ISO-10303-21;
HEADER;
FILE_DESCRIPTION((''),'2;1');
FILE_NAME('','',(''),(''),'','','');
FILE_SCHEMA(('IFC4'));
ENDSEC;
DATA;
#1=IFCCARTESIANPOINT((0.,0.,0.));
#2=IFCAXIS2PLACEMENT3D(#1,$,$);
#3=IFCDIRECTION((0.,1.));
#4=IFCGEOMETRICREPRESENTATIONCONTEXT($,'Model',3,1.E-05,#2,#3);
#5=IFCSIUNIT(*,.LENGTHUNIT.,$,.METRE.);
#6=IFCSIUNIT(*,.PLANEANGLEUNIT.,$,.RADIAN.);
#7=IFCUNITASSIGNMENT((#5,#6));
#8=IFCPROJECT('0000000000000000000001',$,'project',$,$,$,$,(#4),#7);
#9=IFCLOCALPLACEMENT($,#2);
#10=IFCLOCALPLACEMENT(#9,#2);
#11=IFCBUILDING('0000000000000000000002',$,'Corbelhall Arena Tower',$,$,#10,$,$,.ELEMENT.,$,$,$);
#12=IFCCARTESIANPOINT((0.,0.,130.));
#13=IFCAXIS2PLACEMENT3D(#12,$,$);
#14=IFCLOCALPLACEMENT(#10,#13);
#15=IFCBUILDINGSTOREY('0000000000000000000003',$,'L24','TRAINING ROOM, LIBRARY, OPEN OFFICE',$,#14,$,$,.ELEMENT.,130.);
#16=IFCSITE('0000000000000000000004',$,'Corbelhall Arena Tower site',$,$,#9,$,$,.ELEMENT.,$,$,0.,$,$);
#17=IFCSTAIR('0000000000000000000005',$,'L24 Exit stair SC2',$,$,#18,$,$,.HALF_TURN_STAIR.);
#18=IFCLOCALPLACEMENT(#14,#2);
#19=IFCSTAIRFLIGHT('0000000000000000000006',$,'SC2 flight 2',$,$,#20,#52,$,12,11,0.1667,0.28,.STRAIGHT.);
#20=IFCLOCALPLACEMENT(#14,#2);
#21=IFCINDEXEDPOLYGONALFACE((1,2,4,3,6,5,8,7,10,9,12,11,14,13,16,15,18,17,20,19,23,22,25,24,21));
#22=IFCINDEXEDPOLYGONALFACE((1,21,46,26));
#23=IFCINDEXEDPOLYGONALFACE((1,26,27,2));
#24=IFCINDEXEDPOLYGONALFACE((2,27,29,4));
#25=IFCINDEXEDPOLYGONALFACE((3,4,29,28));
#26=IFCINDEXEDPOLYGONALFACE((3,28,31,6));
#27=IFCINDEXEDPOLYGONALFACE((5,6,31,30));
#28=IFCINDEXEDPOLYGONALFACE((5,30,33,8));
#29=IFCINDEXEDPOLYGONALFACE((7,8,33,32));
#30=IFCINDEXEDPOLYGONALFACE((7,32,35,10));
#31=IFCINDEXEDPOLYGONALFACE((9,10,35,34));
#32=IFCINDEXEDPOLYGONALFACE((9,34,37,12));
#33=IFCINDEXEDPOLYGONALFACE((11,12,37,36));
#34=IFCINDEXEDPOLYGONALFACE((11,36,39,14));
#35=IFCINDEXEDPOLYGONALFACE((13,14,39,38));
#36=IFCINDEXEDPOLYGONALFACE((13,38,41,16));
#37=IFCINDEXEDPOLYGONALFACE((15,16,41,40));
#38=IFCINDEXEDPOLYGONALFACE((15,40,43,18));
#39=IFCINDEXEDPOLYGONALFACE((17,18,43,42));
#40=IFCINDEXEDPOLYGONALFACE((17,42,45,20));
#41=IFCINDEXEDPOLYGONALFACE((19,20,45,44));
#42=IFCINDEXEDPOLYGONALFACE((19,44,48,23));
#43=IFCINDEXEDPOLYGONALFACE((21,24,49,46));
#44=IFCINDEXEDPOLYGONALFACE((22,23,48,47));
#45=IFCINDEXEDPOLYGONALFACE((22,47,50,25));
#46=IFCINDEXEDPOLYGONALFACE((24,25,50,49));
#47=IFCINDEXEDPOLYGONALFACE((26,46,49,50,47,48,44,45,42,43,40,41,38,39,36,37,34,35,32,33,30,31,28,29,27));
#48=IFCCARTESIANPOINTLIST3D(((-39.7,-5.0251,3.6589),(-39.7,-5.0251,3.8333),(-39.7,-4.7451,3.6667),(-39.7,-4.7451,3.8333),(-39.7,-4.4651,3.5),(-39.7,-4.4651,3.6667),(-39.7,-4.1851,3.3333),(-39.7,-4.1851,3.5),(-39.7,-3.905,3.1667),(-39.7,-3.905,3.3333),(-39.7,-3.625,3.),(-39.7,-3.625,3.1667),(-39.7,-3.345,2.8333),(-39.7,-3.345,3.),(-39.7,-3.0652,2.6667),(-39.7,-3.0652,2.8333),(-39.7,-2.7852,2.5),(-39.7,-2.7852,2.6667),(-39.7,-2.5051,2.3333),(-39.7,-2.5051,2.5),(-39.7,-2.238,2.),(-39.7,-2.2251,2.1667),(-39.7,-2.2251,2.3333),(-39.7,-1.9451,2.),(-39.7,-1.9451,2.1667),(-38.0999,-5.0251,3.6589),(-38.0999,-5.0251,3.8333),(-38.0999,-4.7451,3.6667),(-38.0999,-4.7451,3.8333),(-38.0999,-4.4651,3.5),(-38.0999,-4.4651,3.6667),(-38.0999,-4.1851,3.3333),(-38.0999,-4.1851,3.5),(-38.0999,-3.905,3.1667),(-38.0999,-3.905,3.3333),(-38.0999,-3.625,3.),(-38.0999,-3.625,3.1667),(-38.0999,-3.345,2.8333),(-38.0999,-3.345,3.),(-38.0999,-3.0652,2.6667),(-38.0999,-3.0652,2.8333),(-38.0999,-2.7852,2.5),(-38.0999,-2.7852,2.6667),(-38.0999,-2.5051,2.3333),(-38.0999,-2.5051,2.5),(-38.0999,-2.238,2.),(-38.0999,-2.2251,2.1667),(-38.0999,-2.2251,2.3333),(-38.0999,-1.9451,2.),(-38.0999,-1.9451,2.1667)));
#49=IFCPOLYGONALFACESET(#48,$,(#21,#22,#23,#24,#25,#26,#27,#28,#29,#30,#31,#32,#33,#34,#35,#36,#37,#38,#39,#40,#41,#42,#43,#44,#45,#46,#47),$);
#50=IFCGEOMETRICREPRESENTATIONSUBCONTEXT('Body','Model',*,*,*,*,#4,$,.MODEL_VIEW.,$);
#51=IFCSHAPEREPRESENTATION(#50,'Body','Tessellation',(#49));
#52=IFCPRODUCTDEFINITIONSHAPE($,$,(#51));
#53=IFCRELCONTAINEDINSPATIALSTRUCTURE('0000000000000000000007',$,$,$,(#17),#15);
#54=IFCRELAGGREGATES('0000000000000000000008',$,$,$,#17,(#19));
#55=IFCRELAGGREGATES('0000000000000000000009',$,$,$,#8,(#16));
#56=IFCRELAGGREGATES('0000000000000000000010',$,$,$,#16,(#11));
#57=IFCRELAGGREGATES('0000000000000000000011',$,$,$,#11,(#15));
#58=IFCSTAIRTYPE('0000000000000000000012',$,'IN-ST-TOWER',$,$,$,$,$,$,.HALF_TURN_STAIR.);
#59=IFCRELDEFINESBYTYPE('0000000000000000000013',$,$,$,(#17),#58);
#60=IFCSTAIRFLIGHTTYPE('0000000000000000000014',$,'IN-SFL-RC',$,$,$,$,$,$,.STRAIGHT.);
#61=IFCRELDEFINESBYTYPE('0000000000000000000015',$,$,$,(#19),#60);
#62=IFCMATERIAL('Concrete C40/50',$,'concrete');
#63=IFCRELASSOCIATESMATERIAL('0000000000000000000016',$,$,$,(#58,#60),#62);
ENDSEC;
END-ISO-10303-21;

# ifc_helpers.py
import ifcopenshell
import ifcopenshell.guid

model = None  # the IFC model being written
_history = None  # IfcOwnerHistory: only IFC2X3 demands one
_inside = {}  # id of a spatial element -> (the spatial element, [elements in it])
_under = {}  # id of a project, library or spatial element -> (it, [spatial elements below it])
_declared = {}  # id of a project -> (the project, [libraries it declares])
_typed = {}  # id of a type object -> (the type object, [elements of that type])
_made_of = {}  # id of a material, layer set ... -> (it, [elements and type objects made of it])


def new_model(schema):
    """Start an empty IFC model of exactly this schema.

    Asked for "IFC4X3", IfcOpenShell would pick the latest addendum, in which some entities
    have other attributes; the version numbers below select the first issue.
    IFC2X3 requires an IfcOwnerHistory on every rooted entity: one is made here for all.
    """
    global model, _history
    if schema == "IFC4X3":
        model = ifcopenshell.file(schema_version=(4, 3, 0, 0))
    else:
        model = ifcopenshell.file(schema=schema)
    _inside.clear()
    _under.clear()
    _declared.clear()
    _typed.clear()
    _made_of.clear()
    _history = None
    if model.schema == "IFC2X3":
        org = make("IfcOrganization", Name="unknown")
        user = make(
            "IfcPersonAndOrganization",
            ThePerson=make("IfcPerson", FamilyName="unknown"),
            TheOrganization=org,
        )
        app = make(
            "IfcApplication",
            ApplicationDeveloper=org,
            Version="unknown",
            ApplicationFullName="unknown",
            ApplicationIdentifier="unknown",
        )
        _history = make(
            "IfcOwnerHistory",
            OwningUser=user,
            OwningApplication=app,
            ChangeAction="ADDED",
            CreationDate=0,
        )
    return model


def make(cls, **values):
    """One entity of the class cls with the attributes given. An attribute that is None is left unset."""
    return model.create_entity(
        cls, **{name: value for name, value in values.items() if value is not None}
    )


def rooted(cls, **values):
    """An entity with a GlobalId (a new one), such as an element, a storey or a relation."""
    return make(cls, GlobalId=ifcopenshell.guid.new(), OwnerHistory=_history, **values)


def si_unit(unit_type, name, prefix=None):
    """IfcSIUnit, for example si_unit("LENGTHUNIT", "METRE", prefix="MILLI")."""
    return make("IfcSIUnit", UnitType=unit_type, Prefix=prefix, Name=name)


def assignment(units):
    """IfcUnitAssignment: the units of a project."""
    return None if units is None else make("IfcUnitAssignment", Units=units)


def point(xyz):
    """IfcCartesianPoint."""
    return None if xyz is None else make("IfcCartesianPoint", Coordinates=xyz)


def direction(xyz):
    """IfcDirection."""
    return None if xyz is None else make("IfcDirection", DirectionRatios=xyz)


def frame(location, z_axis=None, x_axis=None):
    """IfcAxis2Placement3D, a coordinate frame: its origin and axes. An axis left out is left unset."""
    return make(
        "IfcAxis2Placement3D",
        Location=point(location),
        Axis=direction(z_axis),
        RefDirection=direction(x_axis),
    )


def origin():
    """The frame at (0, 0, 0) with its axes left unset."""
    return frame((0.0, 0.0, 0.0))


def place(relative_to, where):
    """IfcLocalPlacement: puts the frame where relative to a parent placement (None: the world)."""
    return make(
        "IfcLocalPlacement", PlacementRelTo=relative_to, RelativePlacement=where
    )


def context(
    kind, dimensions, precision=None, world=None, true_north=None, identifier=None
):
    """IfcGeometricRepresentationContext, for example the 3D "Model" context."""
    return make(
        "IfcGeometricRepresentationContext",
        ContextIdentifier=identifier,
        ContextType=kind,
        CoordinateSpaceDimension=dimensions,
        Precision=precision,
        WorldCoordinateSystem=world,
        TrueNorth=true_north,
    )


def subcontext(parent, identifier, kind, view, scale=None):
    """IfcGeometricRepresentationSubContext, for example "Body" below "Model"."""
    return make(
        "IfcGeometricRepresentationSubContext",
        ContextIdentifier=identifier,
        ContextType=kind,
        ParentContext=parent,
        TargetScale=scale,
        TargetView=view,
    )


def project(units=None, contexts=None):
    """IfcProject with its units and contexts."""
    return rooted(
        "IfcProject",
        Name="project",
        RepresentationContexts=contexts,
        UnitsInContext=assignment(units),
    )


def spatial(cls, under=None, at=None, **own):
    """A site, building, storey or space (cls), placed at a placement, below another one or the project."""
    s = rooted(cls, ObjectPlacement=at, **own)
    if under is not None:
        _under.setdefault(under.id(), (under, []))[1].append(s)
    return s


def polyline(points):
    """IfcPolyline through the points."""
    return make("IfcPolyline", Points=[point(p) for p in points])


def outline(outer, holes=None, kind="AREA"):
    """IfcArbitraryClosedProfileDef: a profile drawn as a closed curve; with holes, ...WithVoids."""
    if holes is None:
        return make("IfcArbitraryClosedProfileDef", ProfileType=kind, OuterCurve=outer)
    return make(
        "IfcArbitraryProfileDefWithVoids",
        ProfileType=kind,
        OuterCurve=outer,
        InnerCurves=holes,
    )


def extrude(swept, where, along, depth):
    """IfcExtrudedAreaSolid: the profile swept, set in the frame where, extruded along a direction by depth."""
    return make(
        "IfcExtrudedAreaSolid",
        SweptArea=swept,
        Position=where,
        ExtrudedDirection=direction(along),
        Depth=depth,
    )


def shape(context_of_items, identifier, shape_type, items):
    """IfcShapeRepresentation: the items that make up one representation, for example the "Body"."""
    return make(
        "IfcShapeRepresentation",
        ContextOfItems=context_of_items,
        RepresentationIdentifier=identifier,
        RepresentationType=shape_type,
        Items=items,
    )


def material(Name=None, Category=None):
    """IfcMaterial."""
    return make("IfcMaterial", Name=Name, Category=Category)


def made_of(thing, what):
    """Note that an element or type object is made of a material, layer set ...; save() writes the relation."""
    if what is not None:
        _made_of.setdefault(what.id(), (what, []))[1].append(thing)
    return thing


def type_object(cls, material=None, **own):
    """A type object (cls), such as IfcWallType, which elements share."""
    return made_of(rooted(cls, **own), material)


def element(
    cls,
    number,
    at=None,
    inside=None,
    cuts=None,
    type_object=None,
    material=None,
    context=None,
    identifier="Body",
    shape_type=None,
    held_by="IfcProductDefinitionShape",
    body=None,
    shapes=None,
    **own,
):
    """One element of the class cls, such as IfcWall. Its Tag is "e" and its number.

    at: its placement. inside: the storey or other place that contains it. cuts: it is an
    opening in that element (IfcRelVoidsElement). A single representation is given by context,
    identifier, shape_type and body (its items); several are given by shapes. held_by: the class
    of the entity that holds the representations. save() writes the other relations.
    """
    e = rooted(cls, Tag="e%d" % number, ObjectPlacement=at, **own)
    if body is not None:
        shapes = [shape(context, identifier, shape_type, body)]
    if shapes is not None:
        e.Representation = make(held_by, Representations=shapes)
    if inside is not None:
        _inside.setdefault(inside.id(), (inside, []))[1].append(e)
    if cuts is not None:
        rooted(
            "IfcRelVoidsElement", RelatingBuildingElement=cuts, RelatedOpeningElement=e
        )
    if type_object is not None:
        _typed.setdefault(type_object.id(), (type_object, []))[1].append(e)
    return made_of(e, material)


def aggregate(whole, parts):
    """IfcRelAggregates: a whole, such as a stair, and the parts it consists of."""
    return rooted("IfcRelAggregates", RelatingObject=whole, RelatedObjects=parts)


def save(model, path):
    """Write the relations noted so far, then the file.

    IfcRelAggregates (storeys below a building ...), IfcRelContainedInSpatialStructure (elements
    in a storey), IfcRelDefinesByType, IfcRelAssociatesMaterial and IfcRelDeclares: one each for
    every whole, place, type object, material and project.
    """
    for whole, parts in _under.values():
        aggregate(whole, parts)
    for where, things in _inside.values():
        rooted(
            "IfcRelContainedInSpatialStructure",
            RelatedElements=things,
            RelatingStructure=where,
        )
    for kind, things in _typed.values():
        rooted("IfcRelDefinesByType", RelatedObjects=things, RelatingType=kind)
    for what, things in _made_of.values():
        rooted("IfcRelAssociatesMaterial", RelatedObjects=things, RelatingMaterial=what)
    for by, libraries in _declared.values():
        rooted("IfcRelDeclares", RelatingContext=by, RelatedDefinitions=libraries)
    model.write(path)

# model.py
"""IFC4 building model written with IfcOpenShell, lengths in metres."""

from ifc_helpers import new_model, si_unit, direction, frame, origin, place, context, subcontext, project, spatial, polyline, outline, extrude, material, type_object, element, aggregate, save


model = new_model("IFC4")

# Units and contexts
model_context = context("Model", 3, precision=1e-05, world=origin(), true_north=direction((0.0, 1.0)))
body_context = subcontext(model_context, "Body", "Model", "MODEL_VIEW")
ifc_project = project(units=[si_unit("LENGTHUNIT", "METRE"), si_unit("PLANEANGLEUNIT", "RADIAN")], contexts=[model_context])

# Site, building, storey
site_placement = place(None, origin())
site = spatial("IfcSite", under=ifc_project, at=site_placement, Name="Corbelhall Arena Tower site", CompositionType="ELEMENT", RefElevation=0.0)
building_placement = place(site_placement, origin())
building = spatial("IfcBuilding", under=site, at=building_placement, Name="Corbelhall Arena Tower", CompositionType="ELEMENT")
storey_placement = place(building_placement, frame((0.0, 0.0, 130.0)))
storey = spatial("IfcBuildingStorey", under=building, at=storey_placement, Name="L24", Description="TRAINING ROOM, LIBRARY, OPEN OFFICE", CompositionType="ELEMENT", Elevation=130.0)

# Shared definitions
ifc_material_1 = material(Name="Concrete C40/50", Category="concrete")

# Stair, stair flight
stair_type = type_object("IfcStairType", Name="IN-ST-TOWER", PredefinedType="HALF_TURN_STAIR", material=ifc_material_1)
stair_placement = place(storey_placement, origin())
stair = element("IfcStair", 1, at=stair_placement, inside=storey, type_object=stair_type, Name="L24 Exit stair SC2", PredefinedType="HALF_TURN_STAIR")
stair_flight_type = type_object("IfcStairFlightType", Name="IN-SFL-RC", PredefinedType="STRAIGHT", material=ifc_material_1)
stair_flight_1_placement = place(storey_placement, frame((-38.8999, -1.9451, 2.0), z_axis=(0.0, 0.0, 1.0), x_axis=(0.0, -1.0, 0.0)))
stair_flight_1 = element("IfcStairFlight", 2, at=stair_flight_1_placement, type_object=stair_flight_type, Name="SC2 flight 2", NumberOfRisers=12, NumberOfTreads=11, PredefinedType="STRAIGHT", RiserHeight=0.1667, TreadLength=0.28, context=body_context, shape_type="SweptSolid", body=[
    extrude(outline(polyline([(0.0, 0.0), (0.0, 0.1667), (0.28, 0.1667), (0.28, 0.3333), (0.5601, 0.3333), (0.5601, 0.5), (0.8401, 0.5), (0.8401, 0.6667), (1.1201, 0.6667), (1.1201, 0.8333), (1.3999, 0.8333), (1.3999, 1.0), (1.6799, 1.0), (1.6799, 1.1667), (1.96, 1.1667), (1.96, 1.3333), (2.24, 1.3333), (2.24, 1.5), (2.52, 1.5), (2.52, 1.6667), (2.8, 1.6667), (2.8, 1.8333), (3.0801, 1.8333), (3.0801, 2.0), (3.0801, 1.6589), (0.293, 0.0), (0.0, 0.0)])), frame((0.0, 0.8, 0.0), z_axis=(0.0, -1.0, 0.0), x_axis=(1.0, 0.0, 0.0)), (0.0, 0.0, 1.0), 1.6001),
])
aggregate(stair, [stair_flight_1])

save(model, "model.ifc")
